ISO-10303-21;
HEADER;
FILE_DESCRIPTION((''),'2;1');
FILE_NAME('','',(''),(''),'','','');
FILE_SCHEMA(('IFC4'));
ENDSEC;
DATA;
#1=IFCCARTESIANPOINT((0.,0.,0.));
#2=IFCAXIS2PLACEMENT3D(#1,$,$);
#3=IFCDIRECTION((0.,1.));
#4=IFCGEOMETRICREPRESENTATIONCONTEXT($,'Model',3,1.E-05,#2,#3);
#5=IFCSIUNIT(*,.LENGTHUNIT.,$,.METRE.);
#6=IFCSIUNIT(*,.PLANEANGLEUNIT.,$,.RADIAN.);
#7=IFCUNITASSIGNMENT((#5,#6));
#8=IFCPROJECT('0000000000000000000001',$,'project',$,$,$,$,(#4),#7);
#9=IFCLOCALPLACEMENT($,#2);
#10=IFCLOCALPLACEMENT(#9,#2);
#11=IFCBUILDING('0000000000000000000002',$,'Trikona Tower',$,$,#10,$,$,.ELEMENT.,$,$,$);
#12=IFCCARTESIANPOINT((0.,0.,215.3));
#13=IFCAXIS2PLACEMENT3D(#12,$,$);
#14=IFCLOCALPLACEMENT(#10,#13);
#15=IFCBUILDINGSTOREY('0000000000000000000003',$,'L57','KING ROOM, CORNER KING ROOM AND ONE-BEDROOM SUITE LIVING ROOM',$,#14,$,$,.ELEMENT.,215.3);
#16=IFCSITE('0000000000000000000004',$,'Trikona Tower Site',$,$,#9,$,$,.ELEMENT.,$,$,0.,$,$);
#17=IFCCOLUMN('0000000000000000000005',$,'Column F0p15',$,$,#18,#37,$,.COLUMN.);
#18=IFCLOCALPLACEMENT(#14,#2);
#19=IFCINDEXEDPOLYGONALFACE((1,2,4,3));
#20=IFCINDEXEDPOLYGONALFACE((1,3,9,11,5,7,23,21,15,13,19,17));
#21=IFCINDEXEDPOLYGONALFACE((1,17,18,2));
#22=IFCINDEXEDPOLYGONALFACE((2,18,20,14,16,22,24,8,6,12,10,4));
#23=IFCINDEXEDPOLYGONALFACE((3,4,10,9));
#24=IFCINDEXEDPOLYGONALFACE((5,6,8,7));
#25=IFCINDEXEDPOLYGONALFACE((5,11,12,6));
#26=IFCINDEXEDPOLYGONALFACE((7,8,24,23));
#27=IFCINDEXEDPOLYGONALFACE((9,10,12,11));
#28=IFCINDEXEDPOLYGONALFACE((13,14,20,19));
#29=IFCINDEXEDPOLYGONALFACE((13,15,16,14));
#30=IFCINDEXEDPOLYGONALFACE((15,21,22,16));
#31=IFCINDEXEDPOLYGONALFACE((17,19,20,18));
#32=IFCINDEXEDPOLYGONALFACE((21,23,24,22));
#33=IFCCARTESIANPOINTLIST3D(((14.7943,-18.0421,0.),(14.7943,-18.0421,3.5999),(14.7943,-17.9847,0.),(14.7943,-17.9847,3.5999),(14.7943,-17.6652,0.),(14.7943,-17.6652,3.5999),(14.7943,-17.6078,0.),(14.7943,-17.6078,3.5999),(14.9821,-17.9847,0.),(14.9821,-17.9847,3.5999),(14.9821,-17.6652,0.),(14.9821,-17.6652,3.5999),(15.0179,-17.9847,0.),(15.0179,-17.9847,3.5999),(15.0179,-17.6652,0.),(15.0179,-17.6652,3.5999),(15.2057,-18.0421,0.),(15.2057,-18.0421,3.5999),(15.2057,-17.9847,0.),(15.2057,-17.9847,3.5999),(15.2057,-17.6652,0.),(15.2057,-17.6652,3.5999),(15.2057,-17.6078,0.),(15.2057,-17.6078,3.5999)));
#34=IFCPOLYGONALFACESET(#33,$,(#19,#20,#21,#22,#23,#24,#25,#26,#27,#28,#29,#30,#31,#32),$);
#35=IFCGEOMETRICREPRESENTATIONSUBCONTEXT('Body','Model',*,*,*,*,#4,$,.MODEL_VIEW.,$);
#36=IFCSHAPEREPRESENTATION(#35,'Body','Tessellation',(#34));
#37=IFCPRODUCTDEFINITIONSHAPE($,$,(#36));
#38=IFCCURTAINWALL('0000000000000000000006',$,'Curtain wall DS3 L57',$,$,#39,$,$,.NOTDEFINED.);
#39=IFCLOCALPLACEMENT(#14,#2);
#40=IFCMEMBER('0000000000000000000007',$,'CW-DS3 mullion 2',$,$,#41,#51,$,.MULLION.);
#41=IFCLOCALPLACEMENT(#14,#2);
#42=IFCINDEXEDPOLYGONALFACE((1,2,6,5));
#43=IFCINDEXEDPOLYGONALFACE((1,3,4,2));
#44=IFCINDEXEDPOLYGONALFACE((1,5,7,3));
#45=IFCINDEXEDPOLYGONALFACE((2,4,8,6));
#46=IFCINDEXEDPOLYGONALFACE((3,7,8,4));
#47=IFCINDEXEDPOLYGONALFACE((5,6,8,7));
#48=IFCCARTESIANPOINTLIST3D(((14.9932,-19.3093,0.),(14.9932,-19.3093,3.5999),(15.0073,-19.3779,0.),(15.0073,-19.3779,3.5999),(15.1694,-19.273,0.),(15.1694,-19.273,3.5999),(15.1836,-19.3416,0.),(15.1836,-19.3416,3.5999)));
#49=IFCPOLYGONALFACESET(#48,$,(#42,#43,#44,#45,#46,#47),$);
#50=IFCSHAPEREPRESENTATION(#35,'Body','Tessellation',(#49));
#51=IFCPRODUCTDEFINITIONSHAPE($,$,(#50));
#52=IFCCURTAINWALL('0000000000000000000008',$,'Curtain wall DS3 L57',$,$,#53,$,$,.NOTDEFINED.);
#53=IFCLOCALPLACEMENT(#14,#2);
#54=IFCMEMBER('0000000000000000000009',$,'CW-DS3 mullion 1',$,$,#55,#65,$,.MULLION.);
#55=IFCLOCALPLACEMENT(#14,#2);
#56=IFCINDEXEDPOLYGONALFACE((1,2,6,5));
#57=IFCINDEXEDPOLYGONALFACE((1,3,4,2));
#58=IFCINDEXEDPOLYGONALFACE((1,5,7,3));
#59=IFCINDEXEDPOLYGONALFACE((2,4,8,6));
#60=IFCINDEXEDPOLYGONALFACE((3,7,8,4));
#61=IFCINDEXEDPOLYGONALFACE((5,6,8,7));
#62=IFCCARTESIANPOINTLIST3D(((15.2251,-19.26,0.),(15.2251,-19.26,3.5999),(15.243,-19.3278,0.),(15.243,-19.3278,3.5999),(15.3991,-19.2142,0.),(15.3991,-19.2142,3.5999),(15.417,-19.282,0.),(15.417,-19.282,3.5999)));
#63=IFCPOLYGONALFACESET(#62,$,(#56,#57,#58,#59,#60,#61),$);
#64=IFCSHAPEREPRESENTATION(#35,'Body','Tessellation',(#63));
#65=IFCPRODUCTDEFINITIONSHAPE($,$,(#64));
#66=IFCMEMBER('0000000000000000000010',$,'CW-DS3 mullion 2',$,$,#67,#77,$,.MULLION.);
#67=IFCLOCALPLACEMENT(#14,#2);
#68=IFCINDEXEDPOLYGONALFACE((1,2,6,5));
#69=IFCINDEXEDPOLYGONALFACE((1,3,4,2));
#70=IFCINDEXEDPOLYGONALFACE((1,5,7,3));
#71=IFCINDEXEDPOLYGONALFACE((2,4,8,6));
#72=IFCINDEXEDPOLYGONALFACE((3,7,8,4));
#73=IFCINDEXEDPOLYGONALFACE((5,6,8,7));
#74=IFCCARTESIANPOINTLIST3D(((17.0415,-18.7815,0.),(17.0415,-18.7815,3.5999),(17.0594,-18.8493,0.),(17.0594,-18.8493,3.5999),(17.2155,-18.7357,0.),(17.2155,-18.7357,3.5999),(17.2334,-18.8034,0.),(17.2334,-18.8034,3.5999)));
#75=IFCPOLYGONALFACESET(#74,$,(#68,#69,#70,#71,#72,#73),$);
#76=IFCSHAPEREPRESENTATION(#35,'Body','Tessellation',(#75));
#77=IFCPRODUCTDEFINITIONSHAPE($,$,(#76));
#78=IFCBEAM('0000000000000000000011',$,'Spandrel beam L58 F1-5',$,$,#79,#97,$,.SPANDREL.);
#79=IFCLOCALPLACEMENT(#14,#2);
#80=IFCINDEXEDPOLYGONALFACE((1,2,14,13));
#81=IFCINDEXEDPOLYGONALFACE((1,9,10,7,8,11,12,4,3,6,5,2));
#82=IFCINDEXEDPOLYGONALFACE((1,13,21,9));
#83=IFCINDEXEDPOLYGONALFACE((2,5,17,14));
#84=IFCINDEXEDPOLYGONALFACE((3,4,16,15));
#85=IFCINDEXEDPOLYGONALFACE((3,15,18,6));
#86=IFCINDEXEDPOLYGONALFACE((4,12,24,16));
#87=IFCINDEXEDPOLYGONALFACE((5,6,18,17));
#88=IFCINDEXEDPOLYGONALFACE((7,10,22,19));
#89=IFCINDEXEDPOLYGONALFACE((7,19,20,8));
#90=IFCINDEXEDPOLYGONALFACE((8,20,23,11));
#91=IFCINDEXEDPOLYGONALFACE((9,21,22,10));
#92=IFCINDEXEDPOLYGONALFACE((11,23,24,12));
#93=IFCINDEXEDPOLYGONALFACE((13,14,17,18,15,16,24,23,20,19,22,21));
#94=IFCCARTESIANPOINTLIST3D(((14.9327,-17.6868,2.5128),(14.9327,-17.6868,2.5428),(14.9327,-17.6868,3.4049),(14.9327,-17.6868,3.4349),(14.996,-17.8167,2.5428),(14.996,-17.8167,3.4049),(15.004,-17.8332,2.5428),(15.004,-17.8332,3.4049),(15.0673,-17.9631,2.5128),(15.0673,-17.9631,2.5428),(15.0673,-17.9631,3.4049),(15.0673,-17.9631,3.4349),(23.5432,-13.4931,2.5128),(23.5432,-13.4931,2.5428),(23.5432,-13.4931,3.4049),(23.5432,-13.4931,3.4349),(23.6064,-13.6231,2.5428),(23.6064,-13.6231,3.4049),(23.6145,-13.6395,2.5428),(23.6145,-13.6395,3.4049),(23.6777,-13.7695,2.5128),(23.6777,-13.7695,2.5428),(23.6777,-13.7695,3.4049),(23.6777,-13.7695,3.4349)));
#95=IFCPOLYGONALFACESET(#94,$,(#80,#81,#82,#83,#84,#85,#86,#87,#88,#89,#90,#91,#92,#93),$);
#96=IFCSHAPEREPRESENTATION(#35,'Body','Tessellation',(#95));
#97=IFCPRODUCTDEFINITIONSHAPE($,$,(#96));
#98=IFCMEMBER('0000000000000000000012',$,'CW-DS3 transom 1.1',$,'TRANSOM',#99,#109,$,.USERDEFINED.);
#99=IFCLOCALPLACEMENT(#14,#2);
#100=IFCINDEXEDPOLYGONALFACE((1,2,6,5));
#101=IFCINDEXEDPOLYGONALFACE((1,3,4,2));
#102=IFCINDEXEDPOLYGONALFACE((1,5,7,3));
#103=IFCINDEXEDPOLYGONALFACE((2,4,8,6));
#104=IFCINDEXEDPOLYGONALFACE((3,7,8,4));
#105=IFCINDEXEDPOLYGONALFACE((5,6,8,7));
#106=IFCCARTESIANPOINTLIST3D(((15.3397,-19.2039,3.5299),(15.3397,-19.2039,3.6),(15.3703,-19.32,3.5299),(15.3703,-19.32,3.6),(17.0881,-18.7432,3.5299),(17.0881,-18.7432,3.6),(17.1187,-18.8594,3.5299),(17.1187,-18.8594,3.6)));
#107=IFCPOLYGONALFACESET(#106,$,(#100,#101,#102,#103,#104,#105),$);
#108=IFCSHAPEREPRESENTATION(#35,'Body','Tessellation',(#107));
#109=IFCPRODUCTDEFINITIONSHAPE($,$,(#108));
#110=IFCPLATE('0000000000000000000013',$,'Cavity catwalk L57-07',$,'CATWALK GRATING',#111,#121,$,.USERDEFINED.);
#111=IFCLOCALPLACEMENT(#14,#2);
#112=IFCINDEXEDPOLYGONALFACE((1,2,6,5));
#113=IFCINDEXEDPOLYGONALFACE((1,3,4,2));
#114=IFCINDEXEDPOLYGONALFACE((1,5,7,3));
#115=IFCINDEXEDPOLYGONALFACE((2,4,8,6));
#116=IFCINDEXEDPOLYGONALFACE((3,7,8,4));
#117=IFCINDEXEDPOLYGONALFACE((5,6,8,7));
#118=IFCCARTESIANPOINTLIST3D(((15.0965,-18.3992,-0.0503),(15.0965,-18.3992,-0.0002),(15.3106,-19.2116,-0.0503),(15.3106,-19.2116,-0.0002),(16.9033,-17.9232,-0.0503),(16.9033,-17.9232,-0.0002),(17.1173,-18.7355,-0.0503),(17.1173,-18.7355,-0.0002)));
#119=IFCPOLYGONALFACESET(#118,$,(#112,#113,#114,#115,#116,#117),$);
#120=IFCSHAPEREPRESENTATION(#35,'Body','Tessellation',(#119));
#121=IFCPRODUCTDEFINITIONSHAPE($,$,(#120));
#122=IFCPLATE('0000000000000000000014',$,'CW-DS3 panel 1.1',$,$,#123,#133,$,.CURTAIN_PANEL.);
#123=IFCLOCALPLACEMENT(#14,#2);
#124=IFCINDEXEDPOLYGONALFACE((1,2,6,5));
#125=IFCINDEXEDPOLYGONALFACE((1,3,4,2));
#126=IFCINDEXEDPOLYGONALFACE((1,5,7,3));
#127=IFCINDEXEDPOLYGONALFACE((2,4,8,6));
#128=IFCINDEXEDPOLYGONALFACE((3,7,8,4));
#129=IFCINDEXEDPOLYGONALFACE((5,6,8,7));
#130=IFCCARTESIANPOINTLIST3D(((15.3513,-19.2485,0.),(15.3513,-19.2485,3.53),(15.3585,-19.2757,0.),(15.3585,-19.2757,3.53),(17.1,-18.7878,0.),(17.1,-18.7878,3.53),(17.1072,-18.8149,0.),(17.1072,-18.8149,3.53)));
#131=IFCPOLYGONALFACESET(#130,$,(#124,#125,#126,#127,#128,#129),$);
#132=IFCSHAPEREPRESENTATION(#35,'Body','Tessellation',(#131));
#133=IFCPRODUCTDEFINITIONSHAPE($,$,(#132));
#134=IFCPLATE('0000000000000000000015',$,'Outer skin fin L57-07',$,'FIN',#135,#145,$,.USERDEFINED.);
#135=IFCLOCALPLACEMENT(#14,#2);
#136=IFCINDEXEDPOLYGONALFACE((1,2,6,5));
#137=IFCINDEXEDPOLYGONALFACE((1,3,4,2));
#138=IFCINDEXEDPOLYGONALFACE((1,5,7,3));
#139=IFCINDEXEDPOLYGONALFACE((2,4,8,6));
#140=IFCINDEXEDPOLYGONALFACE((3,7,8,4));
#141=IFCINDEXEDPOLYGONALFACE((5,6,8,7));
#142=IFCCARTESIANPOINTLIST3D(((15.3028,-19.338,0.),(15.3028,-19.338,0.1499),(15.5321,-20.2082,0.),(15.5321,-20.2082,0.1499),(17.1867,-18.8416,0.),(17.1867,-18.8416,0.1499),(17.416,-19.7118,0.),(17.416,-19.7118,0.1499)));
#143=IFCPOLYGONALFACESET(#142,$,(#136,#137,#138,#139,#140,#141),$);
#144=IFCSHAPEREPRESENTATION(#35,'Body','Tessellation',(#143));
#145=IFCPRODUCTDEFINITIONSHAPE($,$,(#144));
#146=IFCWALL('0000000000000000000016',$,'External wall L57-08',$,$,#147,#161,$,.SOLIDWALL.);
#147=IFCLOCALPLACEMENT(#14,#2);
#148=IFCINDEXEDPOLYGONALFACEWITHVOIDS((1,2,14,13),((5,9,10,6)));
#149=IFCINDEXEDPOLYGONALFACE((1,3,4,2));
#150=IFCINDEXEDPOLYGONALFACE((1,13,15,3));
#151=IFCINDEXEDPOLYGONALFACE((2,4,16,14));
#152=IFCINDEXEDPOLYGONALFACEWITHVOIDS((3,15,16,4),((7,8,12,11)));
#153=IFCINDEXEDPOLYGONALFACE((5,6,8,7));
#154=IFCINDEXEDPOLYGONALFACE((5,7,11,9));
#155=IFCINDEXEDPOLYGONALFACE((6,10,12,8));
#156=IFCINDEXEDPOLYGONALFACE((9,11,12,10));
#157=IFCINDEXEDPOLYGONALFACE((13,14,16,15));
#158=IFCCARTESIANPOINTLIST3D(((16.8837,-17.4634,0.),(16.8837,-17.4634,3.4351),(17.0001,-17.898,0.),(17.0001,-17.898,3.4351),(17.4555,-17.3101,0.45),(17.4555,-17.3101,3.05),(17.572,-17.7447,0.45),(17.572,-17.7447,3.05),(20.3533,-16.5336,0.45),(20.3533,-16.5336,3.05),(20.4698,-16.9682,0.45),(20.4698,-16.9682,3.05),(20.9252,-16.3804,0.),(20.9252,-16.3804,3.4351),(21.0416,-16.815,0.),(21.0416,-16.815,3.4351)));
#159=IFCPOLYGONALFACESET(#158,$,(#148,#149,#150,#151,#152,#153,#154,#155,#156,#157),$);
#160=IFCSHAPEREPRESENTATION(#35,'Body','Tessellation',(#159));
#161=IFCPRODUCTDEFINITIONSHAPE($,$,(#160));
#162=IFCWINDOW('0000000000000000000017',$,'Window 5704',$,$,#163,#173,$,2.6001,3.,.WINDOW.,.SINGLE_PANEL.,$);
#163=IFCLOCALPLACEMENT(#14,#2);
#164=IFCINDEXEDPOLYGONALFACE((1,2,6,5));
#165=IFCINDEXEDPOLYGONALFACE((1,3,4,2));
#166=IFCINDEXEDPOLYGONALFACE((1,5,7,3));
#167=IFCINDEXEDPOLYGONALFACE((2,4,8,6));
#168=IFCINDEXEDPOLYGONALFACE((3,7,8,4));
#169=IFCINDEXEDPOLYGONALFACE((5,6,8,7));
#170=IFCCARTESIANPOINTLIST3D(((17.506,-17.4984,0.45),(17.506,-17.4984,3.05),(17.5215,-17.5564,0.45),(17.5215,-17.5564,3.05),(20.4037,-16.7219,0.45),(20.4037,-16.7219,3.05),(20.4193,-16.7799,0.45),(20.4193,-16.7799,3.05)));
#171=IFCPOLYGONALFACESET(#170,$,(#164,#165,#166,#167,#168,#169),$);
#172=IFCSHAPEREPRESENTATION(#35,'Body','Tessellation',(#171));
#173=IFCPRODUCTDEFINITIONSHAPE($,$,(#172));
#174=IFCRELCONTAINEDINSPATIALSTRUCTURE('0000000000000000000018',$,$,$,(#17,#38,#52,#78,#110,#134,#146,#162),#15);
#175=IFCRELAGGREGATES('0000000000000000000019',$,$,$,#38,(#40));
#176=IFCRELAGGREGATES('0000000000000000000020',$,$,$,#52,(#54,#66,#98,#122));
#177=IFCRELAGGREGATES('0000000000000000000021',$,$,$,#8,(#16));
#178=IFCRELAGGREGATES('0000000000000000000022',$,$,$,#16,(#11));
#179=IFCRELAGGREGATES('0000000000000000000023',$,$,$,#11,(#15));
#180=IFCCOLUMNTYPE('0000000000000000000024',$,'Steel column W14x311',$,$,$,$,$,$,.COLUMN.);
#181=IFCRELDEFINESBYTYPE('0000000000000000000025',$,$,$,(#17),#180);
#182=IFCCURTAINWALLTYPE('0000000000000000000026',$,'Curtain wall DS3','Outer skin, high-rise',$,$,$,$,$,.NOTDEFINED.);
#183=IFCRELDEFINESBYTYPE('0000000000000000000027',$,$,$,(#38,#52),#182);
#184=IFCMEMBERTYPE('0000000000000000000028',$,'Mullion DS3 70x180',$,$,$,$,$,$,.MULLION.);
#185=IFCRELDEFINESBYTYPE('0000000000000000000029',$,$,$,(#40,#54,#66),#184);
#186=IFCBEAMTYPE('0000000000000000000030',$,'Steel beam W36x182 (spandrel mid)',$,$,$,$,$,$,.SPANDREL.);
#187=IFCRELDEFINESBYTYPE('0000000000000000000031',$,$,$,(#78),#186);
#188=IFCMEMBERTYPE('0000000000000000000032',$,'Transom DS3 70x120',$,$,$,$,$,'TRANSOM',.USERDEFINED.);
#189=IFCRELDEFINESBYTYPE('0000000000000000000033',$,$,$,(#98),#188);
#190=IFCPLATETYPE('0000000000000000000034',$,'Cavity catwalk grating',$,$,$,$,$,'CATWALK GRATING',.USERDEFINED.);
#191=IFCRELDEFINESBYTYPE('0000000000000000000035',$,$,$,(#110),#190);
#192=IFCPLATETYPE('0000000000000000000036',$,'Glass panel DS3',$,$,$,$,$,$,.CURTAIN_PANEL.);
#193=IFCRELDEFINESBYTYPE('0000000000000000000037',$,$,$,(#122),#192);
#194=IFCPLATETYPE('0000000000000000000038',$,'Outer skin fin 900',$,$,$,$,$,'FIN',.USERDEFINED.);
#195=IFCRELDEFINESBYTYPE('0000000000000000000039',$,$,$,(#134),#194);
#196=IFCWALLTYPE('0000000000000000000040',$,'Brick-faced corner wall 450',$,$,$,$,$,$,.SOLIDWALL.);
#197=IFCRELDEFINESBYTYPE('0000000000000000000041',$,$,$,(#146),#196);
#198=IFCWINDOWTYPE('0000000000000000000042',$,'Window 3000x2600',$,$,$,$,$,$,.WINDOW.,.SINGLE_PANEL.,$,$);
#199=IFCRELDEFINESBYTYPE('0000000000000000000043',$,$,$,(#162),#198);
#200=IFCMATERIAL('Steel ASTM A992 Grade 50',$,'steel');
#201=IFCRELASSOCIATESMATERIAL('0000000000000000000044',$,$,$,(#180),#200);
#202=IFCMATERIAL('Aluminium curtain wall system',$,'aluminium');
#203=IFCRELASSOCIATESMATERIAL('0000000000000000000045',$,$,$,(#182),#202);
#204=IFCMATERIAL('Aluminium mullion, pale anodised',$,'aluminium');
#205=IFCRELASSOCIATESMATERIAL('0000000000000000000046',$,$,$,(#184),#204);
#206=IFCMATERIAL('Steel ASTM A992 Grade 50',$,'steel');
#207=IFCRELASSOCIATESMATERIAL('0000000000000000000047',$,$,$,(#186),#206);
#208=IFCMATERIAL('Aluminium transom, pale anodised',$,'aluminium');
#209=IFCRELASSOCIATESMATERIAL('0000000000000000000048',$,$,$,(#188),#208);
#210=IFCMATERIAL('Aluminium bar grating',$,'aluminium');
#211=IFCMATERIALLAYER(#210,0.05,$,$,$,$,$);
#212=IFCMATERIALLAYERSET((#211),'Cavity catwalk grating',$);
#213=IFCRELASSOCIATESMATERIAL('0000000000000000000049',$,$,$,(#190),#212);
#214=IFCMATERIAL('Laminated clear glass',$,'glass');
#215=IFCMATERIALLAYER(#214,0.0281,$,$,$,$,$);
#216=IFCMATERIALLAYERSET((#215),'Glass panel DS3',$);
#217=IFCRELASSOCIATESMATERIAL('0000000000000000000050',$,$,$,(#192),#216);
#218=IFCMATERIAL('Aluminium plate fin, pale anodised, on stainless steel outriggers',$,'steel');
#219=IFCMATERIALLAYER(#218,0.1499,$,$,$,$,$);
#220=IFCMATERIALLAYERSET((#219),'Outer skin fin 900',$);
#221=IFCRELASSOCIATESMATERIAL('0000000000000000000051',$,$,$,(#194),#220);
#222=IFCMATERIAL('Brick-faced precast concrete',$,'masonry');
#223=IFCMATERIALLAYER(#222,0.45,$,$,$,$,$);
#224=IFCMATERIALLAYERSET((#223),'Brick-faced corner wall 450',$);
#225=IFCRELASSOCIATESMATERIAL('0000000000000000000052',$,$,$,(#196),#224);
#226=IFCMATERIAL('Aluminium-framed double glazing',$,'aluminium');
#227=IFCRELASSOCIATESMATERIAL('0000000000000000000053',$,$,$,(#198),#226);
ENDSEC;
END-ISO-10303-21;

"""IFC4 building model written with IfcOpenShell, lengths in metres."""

from ifc_helpers import new_model, si_unit, direction, frame, frame_2d, origin, origin_2d, place, context, subcontext, project, spatial, rectangle, i_section, extrude, material, layer, layer_set, material_profile, profile_set, type_object, element, fill, aggregate, save


model = new_model("IFC4")

# Units and contexts
model_context = context("Model", 3, precision=1e-05, world=origin(), true_north=direction((0.0, 1.0)))
body_context = subcontext(model_context, "Body", "Model", "MODEL_VIEW")
ifc_project = project(units=[si_unit("LENGTHUNIT", "METRE"), si_unit("PLANEANGLEUNIT", "RADIAN")], contexts=[model_context])

# Site, building, storey
site_placement = place(None, origin())
site = spatial("IfcSite", under=ifc_project, at=site_placement, Name="Trikona Tower Site", CompositionType="ELEMENT", RefElevation=0.0)
building_placement = place(site_placement, origin())
building = spatial("IfcBuilding", under=site, at=building_placement, Name="Trikona Tower", CompositionType="ELEMENT")
storey_placement = place(building_placement, frame((0.0, 0.0, 215.3)))
storey = spatial("IfcBuildingStorey", under=building, at=storey_placement, Name="L57", Description="KING ROOM, CORNER KING ROOM AND ONE-BEDROOM SUITE LIVING ROOM", CompositionType="ELEMENT", Elevation=215.3)

# Column
ifc_material_1 = material(Name="Steel ASTM A992 Grade 50", Category="steel")
ifc_material_profile_1 = material_profile(ifc_material_1, i_section(OverallWidth=0.4114, OverallDepth=0.4343, WebThickness=0.0359, FlangeThickness=0.0574, at=origin_2d()), Name="W14X311")
ifc_profile_set_1 = profile_set([ifc_material_profile_1], Name="Steel ASTM A992 Grade 50")
column_type = type_object("IfcColumnType", Name="Steel column W14x311", PredefinedType="COLUMN", material=ifc_profile_set_1)
column_placement = place(storey_placement, frame((15.0, -17.825, 0.0), z_axis=(0.0, 0.0, 1.0), x_axis=(1.0, 0.0, 0.0)))
element("IfcColumn", 1, at=column_placement, inside=storey, type_object=column_type, Name="Column F0p15", PredefinedType="COLUMN", context=body_context, shape_type="SweptSolid", body=[
    extrude(i_section(OverallWidth=0.4114, OverallDepth=0.4343, WebThickness=0.0359, FlangeThickness=0.0574, at=origin_2d()), origin(), (0.0, 0.0, 1.0), 3.5999),
])

# Curtain wall, member
ifc_material_2 = material(Name="Aluminium curtain wall system", Category="aluminium")
curtain_wall_type = type_object("IfcCurtainWallType", Name="Curtain wall DS3", Description="Outer skin, high-rise", PredefinedType="NOTDEFINED", material=ifc_material_2)
curtain_wall_1_placement = place(storey_placement, origin())
curtain_wall_1 = element("IfcCurtainWall", 2, at=curtain_wall_1_placement, inside=storey, type_object=curtain_wall_type, Name="Curtain wall DS3 L57", PredefinedType="NOTDEFINED")
ifc_material_3 = material(Name="Aluminium mullion, pale anodised", Category="aluminium")
ifc_material_profile_2 = material_profile(ifc_material_3, rectangle(XDim=0.0701, YDim=0.1799, at=origin_2d()), Name="MUL-DS3")
ifc_profile_set_2 = profile_set([ifc_material_profile_2], Name="Aluminium mullion, pale anodised")
member_type_1 = type_object("IfcMemberType", Name="Mullion DS3 70x180", PredefinedType="MULLION", material=ifc_profile_set_2)
member_1_placement = place(storey_placement, frame((15.0884, -19.3254, 0.0), z_axis=(0.0, 0.0, 1.0), x_axis=(-0.201653, 0.979457, 0.0)))
member_1 = element("IfcMember", 3, at=member_1_placement, type_object=member_type_1, Name="CW-DS3 mullion 2", PredefinedType="MULLION", context=body_context, shape_type="SweptSolid", body=[
    extrude(rectangle(XDim=0.0701, YDim=0.1799, at=origin_2d()), origin(), (0.0, 0.0, 1.0), 3.5999),
])
aggregate(curtain_wall_1, [member_1])

# Curtain wall, members
curtain_wall_2_placement = place(storey_placement, origin())
curtain_wall_2 = element("IfcCurtainWall", 4, at=curtain_wall_2_placement, inside=storey, type_object=curtain_wall_type, Name="Curtain wall DS3 L57", PredefinedType="NOTDEFINED")
member_2_placement = place(storey_placement, frame((15.321, -19.271, 0.0), z_axis=(0.0, 0.0, 1.0), x_axis=(-0.254786, 0.966997, 0.0)))
member_2 = element("IfcMember", 5, at=member_2_placement, type_object=member_type_1, Name="CW-DS3 mullion 1", PredefinedType="MULLION", context=body_context, shape_type="SweptSolid", body=[
    extrude(rectangle(XDim=0.0701, YDim=0.1799, at=origin_2d()), origin(), (0.0, 0.0, 1.0), 3.5999),
])
member_3_placement = place(storey_placement, frame((17.1375, -18.7925, 0.0), z_axis=(0.0, 0.0, 1.0), x_axis=(-0.254786, 0.966997, 0.0)))
member_3 = element("IfcMember", 6, at=member_3_placement, type_object=member_type_1, Name="CW-DS3 mullion 2", PredefinedType="MULLION", context=body_context, shape_type="SweptSolid", body=[
    extrude(rectangle(XDim=0.0701, YDim=0.1799, at=origin_2d()), origin(), (0.0, 0.0, 1.0), 3.5999),
])

# Beam
ifc_material_4 = material(Name="Steel ASTM A992 Grade 50", Category="steel")
ifc_material_profile_3 = material_profile(ifc_material_4, i_section(OverallWidth=0.3074, OverallDepth=0.9221, WebThickness=0.0183, FlangeThickness=0.03, at=origin_2d()), Name="W36X182")
ifc_profile_set_3 = profile_set([ifc_material_profile_3], Name="Steel ASTM A992 Grade 50")
beam_type = type_object("IfcBeamType", Name="Steel beam W36x182 (spandrel mid)", PredefinedType="SPANDREL", material=ifc_profile_set_3)
beam_placement = place(storey_placement, frame((15.0, -17.825, 2.9739), z_axis=(0.899039, 0.43787, 0.0), x_axis=(-0.43787, 0.899039, 0.0)))
element("IfcBeam", 7, at=beam_placement, inside=storey, type_object=beam_type, Name="Spandrel beam L58 F1-5", PredefinedType="SPANDREL", context=body_context, shape_type="SweptSolid", body=[
    extrude(i_section(OverallWidth=0.3074, OverallDepth=0.9221, WebThickness=0.0183, FlangeThickness=0.03, at=origin_2d()), origin(), (0.0, 0.0, 1.0), 9.5774),
])

# Member
ifc_material_5 = material(Name="Aluminium transom, pale anodised", Category="aluminium")
ifc_material_profile_4 = material_profile(ifc_material_5, rectangle(XDim=0.1201, YDim=0.0701, at=origin_2d()), Name="TRN-DS3")
ifc_profile_set_4 = profile_set([ifc_material_profile_4], Name="Aluminium transom, pale anodised")
member_type_2 = type_object("IfcMemberType", Name="Transom DS3 70x120", ElementType="TRANSOM", PredefinedType="USERDEFINED", material=ifc_profile_set_4)
member_4_placement = place(storey_placement, frame((15.355, -19.262, 3.5649), z_axis=(0.966999, 0.254779, 0.0), x_axis=(-0.254779, 0.966999, 0.0)))
member_4 = element("IfcMember", 8, at=member_4_placement, type_object=member_type_2, Name="CW-DS3 transom 1.1", ObjectType="TRANSOM", PredefinedType="USERDEFINED", context=body_context, shape_type="SweptSolid", body=[
    extrude(rectangle(XDim=0.1201, YDim=0.0701, at=origin_2d()), origin(), (0.0, 0.0, 1.0), 1.8081),
])

# Plates
ifc_material_6 = material(Name="Aluminium bar grating", Category="aluminium")
ifc_layer_1 = layer(ifc_material_6, 0.05)
ifc_layer_set_1 = layer_set([ifc_layer_1], Name="Cavity catwalk grating")
plate_type_1 = type_object("IfcPlateType", Name="Cavity catwalk grating", ElementType="CATWALK GRATING", PredefinedType="USERDEFINED", material=ifc_layer_set_1)
plate_1_placement = place(storey_placement, frame((16.1069, -18.5674, -0.0503), z_axis=(0.0, 0.0, 1.0), x_axis=(0.966993, 0.254803, 0.0)))
element("IfcPlate", 9, at=plate_1_placement, inside=storey, type_object=plate_type_1, Name="Cavity catwalk L57-07", ObjectType="CATWALK GRATING", PredefinedType="USERDEFINED", context=body_context, shape_type="SweptSolid", body=[
    extrude(rectangle(XDim=1.8684, YDim=0.8401, at=origin_2d()), origin(), (0.0, 0.0, 1.0), 0.05),
])
ifc_material_7 = material(Name="Laminated clear glass", Category="glass")
ifc_layer_2 = layer(ifc_material_7, 0.0281)
ifc_layer_set_2 = layer_set([ifc_layer_2], Name="Glass panel DS3")
plate_type_2 = type_object("IfcPlateType", Name="Glass panel DS3", PredefinedType="CURTAIN_PANEL", material=ifc_layer_set_2)
plate_2_placement = place(storey_placement, frame((16.2292, -19.0317, 0.0), z_axis=(0.0, 0.0, 1.0), x_axis=(0.966997, 0.254786, 0.0)))
plate_2 = element("IfcPlate", 10, at=plate_2_placement, type_object=plate_type_2, Name="CW-DS3 panel 1.1", PredefinedType="CURTAIN_PANEL", context=body_context, shape_type="SweptSolid", body=[
    extrude(rectangle(XDim=1.8083, YDim=0.0281, at=origin_2d()), origin(), (0.0, 0.0, 1.0), 3.53),
])
aggregate(curtain_wall_2, [member_2, member_3, member_4, plate_2])
ifc_material_8 = material(Name="Aluminium plate fin, pale anodised, on stainless steel outriggers", Category="steel")
ifc_layer_3 = layer(ifc_material_8, 0.1499)
ifc_layer_set_3 = layer_set([ifc_layer_3], Name="Outer skin fin 900")
plate_type_3 = type_object("IfcPlateType", Name="Outer skin fin 900", ElementType="FIN", PredefinedType="USERDEFINED", material=ifc_layer_set_3)
plate_3_placement = place(storey_placement, frame((16.3594, -19.5249, 0.0), z_axis=(0.0, 0.0, 1.0), x_axis=(0.966993, 0.254803, 0.0)))
element("IfcPlate", 11, at=plate_3_placement, inside=storey, type_object=plate_type_3, Name="Outer skin fin L57-07", ObjectType="FIN", PredefinedType="USERDEFINED", context=body_context, shape_type="SweptSolid", body=[
    extrude(rectangle(XDim=1.9482, YDim=0.8999, at=origin_2d()), origin(), (0.0, 0.0, 1.0), 0.1499),
])

# Wall, opening, window
ifc_material_9 = material(Name="Brick-faced precast concrete", Category="masonry")
ifc_layer_4 = layer(ifc_material_9, 0.45)
ifc_layer_set_4 = layer_set([ifc_layer_4], Name="Brick-faced corner wall 450")
wall_type = type_object("IfcWallType", Name="Brick-faced corner wall 450", PredefinedType="SOLIDWALL", material=ifc_layer_set_4)
wall_1_placement = place(storey_placement, frame((16.9419, -17.6807, 0.0), z_axis=(0.0, 0.0, 1.0), x_axis=(0.96592, 0.258839, 0.0)))
wall_1 = element("IfcWall", 12, at=wall_1_placement, inside=storey, type_object=wall_type, Name="External wall L57-08", PredefinedType="SOLIDWALL", context=body_context, shape_type="SweptSolid", body=[
    extrude(rectangle(XDim=4.1841, YDim=0.45, at=frame_2d((2.092, 0.0))), origin(), (0.0, 0.0, 1.0), 3.4351),
])
opening_1_placement = place(wall_1_placement, frame((0.592, 0.0, 0.45)))
opening_1 = element("IfcOpeningElement", 13, at=opening_1_placement, cuts=wall_1, PredefinedType="OPENING", context=body_context, shape_type="SweptSolid", body=[
    extrude(rectangle(XDim=3.0, YDim=2.6001, at=frame_2d((1.5, 1.3))), frame((0.0, 0.2349, 0.0), z_axis=(0.0, -1.0, 0.0), x_axis=(1.0, 0.0, 0.0)), (0.0, 0.0, 1.0), 0.47),
])
ifc_material_10 = material(Name="Aluminium-framed double glazing", Category="aluminium")
window_type_1 = type_object("IfcWindowType", Name="Window 3000x2600", PartitioningType="SINGLE_PANEL", PredefinedType="WINDOW", material=ifc_material_10)
window_1_placement = place(opening_1_placement, origin())
window_1 = element("IfcWindow", 14, at=window_1_placement, inside=storey, type_object=window_type_1, Name="Window 5704", OverallHeight=2.6001, OverallWidth=3.0, PartitioningType="SINGLE_PANEL", PredefinedType="WINDOW", context=body_context, shape_type="SweptSolid", body=[
    extrude(rectangle(XDim=3.0, YDim=2.6001, at=frame_2d((1.5, 1.3))), frame((0.0, 0.03, 0.0), z_axis=(0.0, -1.0, 0.0), x_axis=(1.0, 0.0, 0.0)), (0.0, 0.0, 1.0), 0.0601),
])
fill(opening_1, window_1)

save(model, "model.ifc")
